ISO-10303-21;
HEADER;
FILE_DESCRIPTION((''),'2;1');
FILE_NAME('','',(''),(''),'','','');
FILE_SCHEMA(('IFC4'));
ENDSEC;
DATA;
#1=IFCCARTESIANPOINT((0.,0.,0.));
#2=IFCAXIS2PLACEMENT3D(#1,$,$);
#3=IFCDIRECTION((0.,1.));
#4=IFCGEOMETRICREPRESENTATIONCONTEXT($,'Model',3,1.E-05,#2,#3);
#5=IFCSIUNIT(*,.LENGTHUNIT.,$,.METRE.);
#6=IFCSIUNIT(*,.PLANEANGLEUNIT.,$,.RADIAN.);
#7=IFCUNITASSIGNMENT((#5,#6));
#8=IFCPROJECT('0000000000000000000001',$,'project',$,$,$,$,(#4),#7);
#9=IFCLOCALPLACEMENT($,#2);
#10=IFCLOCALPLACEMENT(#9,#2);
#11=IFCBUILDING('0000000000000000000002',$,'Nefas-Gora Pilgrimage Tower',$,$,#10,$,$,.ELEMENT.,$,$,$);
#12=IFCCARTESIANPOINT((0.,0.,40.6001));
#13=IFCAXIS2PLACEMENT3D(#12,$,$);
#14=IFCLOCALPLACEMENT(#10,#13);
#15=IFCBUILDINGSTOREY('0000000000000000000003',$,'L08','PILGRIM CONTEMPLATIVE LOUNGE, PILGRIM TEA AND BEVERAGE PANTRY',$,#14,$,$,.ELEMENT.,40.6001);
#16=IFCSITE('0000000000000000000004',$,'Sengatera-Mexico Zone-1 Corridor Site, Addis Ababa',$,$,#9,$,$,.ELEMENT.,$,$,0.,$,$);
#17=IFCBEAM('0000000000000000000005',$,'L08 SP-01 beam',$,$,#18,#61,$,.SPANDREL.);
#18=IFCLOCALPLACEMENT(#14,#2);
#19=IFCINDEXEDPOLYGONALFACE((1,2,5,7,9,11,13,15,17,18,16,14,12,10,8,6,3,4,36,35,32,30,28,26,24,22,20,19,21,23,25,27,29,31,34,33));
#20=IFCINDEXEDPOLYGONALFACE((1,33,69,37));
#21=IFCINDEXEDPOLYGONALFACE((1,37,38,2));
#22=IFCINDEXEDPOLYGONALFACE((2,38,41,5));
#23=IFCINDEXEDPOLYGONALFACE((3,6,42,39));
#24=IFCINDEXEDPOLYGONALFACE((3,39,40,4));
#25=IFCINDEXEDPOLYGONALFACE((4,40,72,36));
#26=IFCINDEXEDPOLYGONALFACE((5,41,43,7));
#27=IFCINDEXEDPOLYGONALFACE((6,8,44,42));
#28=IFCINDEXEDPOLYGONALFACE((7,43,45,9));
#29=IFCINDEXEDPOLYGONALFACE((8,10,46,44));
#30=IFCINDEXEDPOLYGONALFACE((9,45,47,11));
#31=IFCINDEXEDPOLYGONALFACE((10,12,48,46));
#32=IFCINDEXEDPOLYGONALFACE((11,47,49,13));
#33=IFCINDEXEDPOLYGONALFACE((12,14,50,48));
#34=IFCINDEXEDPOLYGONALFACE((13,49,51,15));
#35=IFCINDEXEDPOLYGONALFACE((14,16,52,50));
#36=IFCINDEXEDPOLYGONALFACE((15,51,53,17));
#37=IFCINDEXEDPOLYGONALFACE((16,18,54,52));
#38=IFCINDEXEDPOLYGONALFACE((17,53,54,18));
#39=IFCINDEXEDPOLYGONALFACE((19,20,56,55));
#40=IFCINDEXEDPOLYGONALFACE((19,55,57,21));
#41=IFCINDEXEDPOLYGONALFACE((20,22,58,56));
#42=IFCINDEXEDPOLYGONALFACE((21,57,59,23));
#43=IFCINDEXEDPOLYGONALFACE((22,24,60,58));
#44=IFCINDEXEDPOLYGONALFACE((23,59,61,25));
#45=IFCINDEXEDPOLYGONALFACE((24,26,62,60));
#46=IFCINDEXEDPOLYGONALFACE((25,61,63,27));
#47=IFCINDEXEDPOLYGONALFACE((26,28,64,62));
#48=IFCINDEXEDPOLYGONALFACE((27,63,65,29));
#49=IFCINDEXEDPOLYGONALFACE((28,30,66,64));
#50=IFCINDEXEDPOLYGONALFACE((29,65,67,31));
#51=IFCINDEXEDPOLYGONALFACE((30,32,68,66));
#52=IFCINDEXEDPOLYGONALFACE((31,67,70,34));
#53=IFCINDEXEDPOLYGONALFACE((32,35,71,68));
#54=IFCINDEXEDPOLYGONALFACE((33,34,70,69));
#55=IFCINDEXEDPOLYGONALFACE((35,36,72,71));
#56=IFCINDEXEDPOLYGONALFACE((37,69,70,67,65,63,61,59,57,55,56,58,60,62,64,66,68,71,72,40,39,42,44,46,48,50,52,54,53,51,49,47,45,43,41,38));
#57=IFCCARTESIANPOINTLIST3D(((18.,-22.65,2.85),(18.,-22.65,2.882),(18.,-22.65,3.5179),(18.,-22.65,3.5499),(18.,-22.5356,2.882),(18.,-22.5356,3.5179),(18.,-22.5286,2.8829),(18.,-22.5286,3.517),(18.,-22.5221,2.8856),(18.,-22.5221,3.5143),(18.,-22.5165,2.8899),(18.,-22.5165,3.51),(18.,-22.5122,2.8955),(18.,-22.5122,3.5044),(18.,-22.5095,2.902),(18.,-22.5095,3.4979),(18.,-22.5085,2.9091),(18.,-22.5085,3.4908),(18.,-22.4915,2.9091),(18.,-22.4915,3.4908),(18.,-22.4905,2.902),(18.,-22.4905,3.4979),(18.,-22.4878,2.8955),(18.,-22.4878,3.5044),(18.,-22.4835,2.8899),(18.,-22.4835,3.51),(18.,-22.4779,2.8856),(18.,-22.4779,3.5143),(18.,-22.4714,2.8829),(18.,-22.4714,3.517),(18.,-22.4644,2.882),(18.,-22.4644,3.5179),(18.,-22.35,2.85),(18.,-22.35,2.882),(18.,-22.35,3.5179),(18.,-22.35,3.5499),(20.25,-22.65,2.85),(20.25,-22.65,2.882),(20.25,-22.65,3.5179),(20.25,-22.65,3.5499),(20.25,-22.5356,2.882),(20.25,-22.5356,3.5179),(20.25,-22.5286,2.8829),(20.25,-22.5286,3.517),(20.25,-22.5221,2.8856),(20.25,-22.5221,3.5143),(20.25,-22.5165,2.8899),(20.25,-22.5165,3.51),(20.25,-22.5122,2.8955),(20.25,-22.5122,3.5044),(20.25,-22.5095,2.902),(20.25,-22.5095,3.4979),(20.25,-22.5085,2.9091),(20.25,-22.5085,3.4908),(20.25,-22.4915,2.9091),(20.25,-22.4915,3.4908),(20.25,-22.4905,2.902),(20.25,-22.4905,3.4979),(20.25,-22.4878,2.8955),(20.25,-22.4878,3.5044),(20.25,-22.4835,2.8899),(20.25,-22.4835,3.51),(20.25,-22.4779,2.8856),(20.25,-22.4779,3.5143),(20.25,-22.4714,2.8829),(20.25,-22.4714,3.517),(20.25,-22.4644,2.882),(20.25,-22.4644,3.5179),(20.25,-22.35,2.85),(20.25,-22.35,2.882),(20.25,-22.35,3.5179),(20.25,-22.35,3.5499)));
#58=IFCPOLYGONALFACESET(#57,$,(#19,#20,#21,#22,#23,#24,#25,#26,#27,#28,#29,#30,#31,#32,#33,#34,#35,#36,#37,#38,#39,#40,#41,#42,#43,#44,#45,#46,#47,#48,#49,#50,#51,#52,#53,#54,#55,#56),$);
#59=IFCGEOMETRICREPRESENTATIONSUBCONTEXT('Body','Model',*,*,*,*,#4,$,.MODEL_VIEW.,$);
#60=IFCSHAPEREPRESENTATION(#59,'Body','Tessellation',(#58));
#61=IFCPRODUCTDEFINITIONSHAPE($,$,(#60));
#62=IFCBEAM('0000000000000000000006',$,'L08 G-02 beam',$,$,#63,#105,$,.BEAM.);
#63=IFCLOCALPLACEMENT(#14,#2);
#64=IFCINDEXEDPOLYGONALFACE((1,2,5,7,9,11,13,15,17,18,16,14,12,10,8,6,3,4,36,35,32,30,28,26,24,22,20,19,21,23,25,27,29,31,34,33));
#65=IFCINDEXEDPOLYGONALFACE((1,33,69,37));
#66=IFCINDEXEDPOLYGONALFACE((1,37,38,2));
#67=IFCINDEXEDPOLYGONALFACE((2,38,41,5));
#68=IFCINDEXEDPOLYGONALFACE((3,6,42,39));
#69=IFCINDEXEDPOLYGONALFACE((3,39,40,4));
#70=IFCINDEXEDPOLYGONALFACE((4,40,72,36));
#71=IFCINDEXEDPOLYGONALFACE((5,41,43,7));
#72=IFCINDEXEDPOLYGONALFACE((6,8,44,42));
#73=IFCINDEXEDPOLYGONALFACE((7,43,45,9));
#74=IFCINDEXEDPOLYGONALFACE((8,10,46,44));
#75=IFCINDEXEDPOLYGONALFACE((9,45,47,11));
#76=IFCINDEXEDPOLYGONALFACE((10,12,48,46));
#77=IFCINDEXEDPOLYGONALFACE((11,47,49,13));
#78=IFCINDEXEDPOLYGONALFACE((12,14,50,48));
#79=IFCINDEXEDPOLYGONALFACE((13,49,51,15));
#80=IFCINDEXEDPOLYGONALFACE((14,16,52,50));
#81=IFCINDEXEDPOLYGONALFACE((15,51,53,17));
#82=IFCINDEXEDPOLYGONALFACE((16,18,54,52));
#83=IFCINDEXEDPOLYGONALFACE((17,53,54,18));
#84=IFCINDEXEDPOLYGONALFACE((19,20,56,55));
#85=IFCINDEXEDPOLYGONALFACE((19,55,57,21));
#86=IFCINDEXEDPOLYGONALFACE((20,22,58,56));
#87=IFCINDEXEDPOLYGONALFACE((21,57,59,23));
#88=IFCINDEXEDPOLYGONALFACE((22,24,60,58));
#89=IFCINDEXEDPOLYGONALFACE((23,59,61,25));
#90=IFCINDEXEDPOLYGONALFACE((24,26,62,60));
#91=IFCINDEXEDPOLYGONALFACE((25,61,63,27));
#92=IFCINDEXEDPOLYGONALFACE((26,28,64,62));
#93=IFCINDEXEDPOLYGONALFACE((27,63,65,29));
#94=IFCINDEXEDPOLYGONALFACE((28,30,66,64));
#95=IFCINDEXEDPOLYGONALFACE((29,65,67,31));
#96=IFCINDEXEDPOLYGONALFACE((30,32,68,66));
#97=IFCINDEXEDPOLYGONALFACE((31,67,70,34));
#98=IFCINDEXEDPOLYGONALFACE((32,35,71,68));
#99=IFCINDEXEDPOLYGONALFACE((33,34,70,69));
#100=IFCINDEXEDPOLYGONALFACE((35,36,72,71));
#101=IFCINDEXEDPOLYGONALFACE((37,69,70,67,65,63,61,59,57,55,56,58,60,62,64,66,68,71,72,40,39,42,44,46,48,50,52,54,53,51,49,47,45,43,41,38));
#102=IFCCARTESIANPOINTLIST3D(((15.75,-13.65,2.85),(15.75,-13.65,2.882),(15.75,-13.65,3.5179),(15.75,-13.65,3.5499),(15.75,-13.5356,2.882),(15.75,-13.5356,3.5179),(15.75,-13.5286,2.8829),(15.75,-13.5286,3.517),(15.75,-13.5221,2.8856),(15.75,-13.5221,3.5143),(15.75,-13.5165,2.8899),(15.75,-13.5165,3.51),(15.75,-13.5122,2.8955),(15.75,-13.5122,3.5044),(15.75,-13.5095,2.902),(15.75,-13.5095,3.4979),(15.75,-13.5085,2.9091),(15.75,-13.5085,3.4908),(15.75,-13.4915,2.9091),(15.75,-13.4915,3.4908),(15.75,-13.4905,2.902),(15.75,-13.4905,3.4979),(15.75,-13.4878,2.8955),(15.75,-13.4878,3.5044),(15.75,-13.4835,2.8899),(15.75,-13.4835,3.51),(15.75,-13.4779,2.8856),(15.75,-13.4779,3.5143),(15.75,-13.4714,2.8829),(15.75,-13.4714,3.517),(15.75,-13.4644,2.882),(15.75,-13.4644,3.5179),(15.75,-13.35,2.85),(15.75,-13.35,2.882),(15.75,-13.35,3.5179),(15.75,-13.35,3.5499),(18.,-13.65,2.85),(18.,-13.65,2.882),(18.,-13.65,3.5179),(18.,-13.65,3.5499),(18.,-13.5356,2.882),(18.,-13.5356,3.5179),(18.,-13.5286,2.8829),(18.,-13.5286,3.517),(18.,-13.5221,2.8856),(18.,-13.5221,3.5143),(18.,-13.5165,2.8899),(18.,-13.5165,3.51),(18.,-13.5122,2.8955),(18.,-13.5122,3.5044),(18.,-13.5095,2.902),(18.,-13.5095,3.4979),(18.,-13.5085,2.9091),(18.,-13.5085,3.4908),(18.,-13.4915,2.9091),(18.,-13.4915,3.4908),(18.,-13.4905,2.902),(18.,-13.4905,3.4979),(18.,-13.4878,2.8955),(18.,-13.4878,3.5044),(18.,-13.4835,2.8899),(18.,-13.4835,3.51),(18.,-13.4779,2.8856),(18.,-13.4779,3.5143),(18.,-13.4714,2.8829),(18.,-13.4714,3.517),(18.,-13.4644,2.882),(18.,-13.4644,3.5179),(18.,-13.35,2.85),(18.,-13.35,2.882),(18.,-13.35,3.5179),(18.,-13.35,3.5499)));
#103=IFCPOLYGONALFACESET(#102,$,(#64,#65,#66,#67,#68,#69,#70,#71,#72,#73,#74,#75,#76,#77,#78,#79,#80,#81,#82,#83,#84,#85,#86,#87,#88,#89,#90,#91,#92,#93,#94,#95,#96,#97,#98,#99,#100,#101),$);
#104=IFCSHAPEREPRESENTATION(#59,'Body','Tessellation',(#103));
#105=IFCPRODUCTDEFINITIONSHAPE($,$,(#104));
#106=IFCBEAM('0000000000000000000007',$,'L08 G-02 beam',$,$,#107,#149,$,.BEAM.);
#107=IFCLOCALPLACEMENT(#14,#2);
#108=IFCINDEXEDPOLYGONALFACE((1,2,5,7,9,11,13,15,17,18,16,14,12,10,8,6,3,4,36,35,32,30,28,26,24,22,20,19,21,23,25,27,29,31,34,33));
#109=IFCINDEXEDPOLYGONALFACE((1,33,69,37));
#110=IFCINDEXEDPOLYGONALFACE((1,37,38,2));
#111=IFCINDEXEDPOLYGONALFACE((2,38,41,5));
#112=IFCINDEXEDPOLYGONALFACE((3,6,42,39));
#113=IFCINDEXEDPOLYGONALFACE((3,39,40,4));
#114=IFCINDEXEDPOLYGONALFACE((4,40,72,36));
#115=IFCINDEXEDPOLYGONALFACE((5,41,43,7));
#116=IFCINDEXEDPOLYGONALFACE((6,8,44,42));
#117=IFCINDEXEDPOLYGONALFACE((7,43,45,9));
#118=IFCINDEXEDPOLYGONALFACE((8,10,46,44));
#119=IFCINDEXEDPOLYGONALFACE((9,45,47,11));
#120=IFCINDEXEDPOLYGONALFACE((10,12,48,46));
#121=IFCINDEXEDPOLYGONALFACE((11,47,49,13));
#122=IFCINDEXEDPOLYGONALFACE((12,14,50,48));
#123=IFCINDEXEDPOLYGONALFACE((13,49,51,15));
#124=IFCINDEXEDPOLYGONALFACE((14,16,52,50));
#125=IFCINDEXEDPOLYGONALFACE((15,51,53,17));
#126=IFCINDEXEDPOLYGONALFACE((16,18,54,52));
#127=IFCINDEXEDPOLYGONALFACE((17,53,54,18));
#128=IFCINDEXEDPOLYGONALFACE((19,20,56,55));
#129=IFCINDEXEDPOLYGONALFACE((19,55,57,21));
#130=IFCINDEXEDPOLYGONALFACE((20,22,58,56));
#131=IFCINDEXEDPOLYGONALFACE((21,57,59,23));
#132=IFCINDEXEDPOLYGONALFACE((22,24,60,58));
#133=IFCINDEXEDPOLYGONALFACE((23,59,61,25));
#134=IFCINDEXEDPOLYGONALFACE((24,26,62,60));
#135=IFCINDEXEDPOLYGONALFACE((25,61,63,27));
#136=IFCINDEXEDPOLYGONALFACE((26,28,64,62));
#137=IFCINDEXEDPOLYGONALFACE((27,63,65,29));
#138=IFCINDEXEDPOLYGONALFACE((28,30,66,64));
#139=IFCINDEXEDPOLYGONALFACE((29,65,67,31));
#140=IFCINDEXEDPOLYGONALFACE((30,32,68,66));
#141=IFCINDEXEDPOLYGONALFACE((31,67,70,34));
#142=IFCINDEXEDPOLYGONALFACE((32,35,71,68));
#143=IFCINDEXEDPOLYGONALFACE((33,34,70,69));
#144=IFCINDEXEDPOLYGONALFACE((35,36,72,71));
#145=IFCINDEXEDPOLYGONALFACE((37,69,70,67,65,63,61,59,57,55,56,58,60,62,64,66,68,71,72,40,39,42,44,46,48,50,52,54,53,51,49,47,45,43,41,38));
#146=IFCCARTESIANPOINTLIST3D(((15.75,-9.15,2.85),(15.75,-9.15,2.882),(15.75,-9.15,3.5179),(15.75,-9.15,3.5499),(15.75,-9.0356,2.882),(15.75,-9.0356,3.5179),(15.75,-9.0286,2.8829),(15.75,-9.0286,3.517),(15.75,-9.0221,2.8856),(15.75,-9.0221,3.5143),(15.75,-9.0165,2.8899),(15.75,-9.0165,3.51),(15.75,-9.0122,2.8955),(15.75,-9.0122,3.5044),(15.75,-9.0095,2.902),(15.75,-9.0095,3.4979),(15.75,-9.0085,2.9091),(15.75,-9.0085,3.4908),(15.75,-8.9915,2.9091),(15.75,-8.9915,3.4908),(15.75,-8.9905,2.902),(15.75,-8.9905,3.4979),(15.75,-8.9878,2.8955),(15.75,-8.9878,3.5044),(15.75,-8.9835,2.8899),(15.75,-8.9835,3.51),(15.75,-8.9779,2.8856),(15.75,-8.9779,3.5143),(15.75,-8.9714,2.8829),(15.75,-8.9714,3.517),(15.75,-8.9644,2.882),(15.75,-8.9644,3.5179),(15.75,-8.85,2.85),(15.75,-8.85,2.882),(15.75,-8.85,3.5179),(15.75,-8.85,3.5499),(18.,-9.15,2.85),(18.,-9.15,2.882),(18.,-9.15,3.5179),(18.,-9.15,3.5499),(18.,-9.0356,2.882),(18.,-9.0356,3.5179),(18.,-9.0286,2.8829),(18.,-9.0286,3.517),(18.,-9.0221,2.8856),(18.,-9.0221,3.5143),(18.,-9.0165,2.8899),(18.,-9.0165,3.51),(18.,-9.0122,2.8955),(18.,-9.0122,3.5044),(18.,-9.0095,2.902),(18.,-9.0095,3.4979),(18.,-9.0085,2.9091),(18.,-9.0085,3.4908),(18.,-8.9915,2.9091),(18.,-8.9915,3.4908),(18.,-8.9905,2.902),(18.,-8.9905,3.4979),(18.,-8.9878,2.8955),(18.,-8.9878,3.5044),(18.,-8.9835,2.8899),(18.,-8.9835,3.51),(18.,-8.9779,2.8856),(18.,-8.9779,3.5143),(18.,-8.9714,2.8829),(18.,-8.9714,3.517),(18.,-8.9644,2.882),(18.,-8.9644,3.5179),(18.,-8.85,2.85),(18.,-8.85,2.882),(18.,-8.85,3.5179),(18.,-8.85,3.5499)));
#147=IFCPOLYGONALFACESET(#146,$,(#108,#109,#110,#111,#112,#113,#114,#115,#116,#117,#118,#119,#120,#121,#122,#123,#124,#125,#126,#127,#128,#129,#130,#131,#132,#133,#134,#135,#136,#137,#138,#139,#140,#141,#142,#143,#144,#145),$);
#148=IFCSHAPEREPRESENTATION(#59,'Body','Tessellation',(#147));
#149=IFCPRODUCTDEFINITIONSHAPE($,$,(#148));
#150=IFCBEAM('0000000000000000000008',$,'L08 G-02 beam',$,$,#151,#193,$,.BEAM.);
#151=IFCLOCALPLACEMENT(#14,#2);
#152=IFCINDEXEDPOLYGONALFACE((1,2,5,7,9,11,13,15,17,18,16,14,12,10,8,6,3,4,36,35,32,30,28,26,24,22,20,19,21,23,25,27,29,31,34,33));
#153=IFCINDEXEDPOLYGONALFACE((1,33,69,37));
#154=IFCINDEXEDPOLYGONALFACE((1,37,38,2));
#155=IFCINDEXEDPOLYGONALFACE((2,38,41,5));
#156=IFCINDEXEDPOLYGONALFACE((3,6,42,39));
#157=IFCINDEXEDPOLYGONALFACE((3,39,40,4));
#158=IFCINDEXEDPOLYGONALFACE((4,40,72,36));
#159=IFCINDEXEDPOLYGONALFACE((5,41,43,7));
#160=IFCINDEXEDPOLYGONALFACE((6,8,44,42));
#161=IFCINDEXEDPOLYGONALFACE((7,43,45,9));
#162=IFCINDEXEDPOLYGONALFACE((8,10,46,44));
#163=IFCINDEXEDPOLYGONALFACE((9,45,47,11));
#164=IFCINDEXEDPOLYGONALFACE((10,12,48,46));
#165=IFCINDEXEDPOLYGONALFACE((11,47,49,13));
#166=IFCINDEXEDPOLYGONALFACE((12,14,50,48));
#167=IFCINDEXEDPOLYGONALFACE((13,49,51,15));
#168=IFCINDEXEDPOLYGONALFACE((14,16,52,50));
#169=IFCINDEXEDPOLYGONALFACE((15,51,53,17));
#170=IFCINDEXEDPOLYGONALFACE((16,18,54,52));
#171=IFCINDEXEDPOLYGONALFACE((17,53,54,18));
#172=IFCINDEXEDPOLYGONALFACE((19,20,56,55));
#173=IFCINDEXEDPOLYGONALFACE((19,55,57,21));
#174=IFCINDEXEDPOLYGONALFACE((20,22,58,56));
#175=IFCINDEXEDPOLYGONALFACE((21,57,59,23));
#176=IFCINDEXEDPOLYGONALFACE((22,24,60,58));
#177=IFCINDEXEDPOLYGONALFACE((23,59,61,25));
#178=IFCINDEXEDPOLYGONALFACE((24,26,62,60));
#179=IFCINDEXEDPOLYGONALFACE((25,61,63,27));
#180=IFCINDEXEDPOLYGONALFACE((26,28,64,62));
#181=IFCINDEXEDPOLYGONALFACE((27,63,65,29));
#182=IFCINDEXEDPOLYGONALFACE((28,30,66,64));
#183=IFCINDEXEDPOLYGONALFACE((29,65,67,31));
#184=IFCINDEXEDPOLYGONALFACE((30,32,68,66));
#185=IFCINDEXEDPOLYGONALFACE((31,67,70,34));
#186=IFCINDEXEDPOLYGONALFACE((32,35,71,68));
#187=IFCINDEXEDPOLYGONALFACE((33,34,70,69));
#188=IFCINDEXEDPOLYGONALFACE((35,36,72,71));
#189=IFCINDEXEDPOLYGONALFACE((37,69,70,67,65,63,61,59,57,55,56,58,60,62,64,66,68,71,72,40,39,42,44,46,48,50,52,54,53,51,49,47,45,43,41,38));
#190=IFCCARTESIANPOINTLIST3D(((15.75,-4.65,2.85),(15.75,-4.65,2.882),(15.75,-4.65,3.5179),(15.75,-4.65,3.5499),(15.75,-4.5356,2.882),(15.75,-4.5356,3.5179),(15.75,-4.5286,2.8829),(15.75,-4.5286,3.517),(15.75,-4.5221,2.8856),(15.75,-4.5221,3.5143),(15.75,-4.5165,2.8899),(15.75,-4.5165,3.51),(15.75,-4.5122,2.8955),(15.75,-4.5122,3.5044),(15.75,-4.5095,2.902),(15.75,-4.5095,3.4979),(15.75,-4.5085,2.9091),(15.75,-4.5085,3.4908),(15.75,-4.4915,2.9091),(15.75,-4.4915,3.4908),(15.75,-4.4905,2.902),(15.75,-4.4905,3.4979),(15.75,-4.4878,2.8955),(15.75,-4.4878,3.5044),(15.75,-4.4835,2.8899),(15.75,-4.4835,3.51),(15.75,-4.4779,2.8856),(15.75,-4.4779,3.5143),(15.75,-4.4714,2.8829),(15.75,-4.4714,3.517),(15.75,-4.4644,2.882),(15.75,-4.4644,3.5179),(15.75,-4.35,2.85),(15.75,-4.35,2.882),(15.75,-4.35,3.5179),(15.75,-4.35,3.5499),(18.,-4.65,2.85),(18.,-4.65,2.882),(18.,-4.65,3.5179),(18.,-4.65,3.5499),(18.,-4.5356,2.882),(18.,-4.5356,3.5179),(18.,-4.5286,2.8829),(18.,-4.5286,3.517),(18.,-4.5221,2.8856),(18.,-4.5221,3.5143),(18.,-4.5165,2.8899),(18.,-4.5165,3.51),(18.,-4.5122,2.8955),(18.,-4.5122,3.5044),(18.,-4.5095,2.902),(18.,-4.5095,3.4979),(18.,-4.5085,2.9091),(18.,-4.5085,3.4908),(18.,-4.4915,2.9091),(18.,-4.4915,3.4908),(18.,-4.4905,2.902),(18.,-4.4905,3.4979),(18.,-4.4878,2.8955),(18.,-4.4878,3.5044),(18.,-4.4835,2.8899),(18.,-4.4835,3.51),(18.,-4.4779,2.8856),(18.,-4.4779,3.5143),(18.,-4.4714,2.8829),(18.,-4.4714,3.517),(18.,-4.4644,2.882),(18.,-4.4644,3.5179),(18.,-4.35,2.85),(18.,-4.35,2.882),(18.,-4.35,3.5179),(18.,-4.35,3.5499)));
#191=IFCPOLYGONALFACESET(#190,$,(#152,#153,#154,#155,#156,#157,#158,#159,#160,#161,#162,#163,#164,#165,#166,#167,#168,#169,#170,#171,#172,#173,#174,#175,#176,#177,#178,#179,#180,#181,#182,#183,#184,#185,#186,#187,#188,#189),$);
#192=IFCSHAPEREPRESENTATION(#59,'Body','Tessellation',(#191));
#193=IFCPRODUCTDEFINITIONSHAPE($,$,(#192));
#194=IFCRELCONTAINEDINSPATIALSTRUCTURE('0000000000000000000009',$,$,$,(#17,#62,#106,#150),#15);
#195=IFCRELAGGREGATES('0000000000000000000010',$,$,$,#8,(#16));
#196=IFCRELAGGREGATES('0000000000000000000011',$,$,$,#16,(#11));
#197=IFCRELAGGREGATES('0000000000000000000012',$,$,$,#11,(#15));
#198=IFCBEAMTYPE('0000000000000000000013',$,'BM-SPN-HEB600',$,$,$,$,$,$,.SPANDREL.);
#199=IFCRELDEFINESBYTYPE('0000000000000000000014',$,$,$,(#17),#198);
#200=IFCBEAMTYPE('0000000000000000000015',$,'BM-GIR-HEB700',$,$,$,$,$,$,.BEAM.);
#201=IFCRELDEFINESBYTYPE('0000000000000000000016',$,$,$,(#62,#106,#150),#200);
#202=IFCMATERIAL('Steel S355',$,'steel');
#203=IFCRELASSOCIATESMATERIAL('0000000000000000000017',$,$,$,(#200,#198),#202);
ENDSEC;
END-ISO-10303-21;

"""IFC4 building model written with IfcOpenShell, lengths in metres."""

from ifc_helpers import new_model, si_unit, direction, frame, origin, origin_2d, place, context, subcontext, project, spatial, i_section, extrude, source, transform, mapped, material, material_profile, profile_set, type_object, element, save


model = new_model("IFC4")

# Units and contexts
model_context = context("Model", 3, precision=1e-05, world=origin(), true_north=direction((0.0, 1.0)))
body_context = subcontext(model_context, "Body", "Model", "MODEL_VIEW")
ifc_project = project(units=[si_unit("LENGTHUNIT", "METRE"), si_unit("PLANEANGLEUNIT", "RADIAN")], contexts=[model_context])

# Site, building, storey
site_placement = place(None, origin())
site = spatial("IfcSite", under=ifc_project, at=site_placement, Name="Sengatera-Mexico Zone-1 Corridor Site, Addis Ababa", CompositionType="ELEMENT", RefElevation=0.0)
building_placement = place(site_placement, origin())
building = spatial("IfcBuilding", under=site, at=building_placement, Name="Nefas-Gora Pilgrimage Tower", CompositionType="ELEMENT")
storey_placement = place(building_placement, frame((0.0, 0.0, 40.6001)))
storey = spatial("IfcBuildingStorey", under=building, at=storey_placement, Name="L08", Description="PILGRIM CONTEMPLATIVE LOUNGE, PILGRIM TEA AND BEVERAGE PANTRY", CompositionType="ELEMENT", Elevation=40.6001)

# Beams
ifc_material_1 = material(Name="Steel S355", Category="steel")
ifc_material_profile_1 = material_profile(ifc_material_1, i_section(OverallWidth=0.3, OverallDepth=0.7, WebThickness=0.0171, FlangeThickness=0.032, FilletRadius=0.0271, at=origin_2d()), Name="HEB 700")
ifc_profile_set_1 = profile_set([ifc_material_profile_1], Name="Steel S355")
beam_type_1 = type_object("IfcBeamType", Name="BM-GIR-HEB700", PredefinedType="BEAM", material=ifc_profile_set_1)
ifc_material_profile_2 = material_profile(ifc_material_1, i_section(OverallWidth=0.3, OverallDepth=0.7, WebThickness=0.0171, FlangeThickness=0.032, FilletRadius=0.0271, at=origin_2d()), Name="HEB 700")
ifc_profile_set_2 = profile_set([ifc_material_profile_2], Name="Steel S355")
beam_type_2 = type_object("IfcBeamType", Name="BM-SPN-HEB600", PredefinedType="SPANDREL", material=ifc_profile_set_2)
shared_shape_1 = source(origin(), body_context, "Body", "SweptSolid", [
    extrude(i_section(OverallWidth=0.3, OverallDepth=0.7, WebThickness=0.0171, FlangeThickness=0.032, FilletRadius=0.0271, at=origin_2d()), origin(), (0.0, 0.0, 1.0), 2.25),
])
for number, where, z_axis, x_axis, name in (
    (1, (18.0, -22.5, 3.2), (1.0, 0.0, 0.0), (0.0, 1.0, 0.0), "L08 SP-01 beam"),
):
    element("IfcBeam", number, at=place(storey_placement, frame(where, z_axis=z_axis, x_axis=x_axis)), inside=storey, type_object=beam_type_2, Name=name, PredefinedType="SPANDREL", context=body_context, shape_type="MappedRepresentation", body=[
        mapped(shared_shape_1, transform((0.0, 0.0, 0.0), x_axis=(1.0, 0.0, 0.0), y_axis=(0.0, 1.0, 0.0), z_axis=(0.0, 0.0, 1.0), scale=1.0)),
    ])
shared_shape_2 = source(origin(), body_context, "Body", "SweptSolid", [
    extrude(i_section(OverallWidth=0.3, OverallDepth=0.7, WebThickness=0.0171, FlangeThickness=0.032, FilletRadius=0.0271, at=origin_2d()), origin(), (0.0, 0.0, 1.0), 2.25),
])
for number, where, z_axis, x_axis, name in (
    (2, (15.75, -13.5, 3.2), (1.0, 0.0, 0.0), (0.0, 1.0, 0.0), "L08 G-02 beam"),
    (3, (15.75, -9.0, 3.2), (1.0, 0.0, 0.0), (0.0, 1.0, 0.0), "L08 G-02 beam"),
    (4, (15.75, -4.5, 3.2), (1.0, 0.0, 0.0), (0.0, 1.0, 0.0), "L08 G-02 beam"),
):
    element("IfcBeam", number, at=place(storey_placement, frame(where, z_axis=z_axis, x_axis=x_axis)), inside=storey, type_object=beam_type_1, Name=name, PredefinedType="BEAM", context=body_context, shape_type="MappedRepresentation", body=[
        mapped(shared_shape_2, transform((0.0, 0.0, 0.0), x_axis=(1.0, 0.0, 0.0), y_axis=(0.0, 1.0, 0.0), z_axis=(0.0, 0.0, 1.0), scale=1.0)),
    ])

save(model, "model.ifc")
